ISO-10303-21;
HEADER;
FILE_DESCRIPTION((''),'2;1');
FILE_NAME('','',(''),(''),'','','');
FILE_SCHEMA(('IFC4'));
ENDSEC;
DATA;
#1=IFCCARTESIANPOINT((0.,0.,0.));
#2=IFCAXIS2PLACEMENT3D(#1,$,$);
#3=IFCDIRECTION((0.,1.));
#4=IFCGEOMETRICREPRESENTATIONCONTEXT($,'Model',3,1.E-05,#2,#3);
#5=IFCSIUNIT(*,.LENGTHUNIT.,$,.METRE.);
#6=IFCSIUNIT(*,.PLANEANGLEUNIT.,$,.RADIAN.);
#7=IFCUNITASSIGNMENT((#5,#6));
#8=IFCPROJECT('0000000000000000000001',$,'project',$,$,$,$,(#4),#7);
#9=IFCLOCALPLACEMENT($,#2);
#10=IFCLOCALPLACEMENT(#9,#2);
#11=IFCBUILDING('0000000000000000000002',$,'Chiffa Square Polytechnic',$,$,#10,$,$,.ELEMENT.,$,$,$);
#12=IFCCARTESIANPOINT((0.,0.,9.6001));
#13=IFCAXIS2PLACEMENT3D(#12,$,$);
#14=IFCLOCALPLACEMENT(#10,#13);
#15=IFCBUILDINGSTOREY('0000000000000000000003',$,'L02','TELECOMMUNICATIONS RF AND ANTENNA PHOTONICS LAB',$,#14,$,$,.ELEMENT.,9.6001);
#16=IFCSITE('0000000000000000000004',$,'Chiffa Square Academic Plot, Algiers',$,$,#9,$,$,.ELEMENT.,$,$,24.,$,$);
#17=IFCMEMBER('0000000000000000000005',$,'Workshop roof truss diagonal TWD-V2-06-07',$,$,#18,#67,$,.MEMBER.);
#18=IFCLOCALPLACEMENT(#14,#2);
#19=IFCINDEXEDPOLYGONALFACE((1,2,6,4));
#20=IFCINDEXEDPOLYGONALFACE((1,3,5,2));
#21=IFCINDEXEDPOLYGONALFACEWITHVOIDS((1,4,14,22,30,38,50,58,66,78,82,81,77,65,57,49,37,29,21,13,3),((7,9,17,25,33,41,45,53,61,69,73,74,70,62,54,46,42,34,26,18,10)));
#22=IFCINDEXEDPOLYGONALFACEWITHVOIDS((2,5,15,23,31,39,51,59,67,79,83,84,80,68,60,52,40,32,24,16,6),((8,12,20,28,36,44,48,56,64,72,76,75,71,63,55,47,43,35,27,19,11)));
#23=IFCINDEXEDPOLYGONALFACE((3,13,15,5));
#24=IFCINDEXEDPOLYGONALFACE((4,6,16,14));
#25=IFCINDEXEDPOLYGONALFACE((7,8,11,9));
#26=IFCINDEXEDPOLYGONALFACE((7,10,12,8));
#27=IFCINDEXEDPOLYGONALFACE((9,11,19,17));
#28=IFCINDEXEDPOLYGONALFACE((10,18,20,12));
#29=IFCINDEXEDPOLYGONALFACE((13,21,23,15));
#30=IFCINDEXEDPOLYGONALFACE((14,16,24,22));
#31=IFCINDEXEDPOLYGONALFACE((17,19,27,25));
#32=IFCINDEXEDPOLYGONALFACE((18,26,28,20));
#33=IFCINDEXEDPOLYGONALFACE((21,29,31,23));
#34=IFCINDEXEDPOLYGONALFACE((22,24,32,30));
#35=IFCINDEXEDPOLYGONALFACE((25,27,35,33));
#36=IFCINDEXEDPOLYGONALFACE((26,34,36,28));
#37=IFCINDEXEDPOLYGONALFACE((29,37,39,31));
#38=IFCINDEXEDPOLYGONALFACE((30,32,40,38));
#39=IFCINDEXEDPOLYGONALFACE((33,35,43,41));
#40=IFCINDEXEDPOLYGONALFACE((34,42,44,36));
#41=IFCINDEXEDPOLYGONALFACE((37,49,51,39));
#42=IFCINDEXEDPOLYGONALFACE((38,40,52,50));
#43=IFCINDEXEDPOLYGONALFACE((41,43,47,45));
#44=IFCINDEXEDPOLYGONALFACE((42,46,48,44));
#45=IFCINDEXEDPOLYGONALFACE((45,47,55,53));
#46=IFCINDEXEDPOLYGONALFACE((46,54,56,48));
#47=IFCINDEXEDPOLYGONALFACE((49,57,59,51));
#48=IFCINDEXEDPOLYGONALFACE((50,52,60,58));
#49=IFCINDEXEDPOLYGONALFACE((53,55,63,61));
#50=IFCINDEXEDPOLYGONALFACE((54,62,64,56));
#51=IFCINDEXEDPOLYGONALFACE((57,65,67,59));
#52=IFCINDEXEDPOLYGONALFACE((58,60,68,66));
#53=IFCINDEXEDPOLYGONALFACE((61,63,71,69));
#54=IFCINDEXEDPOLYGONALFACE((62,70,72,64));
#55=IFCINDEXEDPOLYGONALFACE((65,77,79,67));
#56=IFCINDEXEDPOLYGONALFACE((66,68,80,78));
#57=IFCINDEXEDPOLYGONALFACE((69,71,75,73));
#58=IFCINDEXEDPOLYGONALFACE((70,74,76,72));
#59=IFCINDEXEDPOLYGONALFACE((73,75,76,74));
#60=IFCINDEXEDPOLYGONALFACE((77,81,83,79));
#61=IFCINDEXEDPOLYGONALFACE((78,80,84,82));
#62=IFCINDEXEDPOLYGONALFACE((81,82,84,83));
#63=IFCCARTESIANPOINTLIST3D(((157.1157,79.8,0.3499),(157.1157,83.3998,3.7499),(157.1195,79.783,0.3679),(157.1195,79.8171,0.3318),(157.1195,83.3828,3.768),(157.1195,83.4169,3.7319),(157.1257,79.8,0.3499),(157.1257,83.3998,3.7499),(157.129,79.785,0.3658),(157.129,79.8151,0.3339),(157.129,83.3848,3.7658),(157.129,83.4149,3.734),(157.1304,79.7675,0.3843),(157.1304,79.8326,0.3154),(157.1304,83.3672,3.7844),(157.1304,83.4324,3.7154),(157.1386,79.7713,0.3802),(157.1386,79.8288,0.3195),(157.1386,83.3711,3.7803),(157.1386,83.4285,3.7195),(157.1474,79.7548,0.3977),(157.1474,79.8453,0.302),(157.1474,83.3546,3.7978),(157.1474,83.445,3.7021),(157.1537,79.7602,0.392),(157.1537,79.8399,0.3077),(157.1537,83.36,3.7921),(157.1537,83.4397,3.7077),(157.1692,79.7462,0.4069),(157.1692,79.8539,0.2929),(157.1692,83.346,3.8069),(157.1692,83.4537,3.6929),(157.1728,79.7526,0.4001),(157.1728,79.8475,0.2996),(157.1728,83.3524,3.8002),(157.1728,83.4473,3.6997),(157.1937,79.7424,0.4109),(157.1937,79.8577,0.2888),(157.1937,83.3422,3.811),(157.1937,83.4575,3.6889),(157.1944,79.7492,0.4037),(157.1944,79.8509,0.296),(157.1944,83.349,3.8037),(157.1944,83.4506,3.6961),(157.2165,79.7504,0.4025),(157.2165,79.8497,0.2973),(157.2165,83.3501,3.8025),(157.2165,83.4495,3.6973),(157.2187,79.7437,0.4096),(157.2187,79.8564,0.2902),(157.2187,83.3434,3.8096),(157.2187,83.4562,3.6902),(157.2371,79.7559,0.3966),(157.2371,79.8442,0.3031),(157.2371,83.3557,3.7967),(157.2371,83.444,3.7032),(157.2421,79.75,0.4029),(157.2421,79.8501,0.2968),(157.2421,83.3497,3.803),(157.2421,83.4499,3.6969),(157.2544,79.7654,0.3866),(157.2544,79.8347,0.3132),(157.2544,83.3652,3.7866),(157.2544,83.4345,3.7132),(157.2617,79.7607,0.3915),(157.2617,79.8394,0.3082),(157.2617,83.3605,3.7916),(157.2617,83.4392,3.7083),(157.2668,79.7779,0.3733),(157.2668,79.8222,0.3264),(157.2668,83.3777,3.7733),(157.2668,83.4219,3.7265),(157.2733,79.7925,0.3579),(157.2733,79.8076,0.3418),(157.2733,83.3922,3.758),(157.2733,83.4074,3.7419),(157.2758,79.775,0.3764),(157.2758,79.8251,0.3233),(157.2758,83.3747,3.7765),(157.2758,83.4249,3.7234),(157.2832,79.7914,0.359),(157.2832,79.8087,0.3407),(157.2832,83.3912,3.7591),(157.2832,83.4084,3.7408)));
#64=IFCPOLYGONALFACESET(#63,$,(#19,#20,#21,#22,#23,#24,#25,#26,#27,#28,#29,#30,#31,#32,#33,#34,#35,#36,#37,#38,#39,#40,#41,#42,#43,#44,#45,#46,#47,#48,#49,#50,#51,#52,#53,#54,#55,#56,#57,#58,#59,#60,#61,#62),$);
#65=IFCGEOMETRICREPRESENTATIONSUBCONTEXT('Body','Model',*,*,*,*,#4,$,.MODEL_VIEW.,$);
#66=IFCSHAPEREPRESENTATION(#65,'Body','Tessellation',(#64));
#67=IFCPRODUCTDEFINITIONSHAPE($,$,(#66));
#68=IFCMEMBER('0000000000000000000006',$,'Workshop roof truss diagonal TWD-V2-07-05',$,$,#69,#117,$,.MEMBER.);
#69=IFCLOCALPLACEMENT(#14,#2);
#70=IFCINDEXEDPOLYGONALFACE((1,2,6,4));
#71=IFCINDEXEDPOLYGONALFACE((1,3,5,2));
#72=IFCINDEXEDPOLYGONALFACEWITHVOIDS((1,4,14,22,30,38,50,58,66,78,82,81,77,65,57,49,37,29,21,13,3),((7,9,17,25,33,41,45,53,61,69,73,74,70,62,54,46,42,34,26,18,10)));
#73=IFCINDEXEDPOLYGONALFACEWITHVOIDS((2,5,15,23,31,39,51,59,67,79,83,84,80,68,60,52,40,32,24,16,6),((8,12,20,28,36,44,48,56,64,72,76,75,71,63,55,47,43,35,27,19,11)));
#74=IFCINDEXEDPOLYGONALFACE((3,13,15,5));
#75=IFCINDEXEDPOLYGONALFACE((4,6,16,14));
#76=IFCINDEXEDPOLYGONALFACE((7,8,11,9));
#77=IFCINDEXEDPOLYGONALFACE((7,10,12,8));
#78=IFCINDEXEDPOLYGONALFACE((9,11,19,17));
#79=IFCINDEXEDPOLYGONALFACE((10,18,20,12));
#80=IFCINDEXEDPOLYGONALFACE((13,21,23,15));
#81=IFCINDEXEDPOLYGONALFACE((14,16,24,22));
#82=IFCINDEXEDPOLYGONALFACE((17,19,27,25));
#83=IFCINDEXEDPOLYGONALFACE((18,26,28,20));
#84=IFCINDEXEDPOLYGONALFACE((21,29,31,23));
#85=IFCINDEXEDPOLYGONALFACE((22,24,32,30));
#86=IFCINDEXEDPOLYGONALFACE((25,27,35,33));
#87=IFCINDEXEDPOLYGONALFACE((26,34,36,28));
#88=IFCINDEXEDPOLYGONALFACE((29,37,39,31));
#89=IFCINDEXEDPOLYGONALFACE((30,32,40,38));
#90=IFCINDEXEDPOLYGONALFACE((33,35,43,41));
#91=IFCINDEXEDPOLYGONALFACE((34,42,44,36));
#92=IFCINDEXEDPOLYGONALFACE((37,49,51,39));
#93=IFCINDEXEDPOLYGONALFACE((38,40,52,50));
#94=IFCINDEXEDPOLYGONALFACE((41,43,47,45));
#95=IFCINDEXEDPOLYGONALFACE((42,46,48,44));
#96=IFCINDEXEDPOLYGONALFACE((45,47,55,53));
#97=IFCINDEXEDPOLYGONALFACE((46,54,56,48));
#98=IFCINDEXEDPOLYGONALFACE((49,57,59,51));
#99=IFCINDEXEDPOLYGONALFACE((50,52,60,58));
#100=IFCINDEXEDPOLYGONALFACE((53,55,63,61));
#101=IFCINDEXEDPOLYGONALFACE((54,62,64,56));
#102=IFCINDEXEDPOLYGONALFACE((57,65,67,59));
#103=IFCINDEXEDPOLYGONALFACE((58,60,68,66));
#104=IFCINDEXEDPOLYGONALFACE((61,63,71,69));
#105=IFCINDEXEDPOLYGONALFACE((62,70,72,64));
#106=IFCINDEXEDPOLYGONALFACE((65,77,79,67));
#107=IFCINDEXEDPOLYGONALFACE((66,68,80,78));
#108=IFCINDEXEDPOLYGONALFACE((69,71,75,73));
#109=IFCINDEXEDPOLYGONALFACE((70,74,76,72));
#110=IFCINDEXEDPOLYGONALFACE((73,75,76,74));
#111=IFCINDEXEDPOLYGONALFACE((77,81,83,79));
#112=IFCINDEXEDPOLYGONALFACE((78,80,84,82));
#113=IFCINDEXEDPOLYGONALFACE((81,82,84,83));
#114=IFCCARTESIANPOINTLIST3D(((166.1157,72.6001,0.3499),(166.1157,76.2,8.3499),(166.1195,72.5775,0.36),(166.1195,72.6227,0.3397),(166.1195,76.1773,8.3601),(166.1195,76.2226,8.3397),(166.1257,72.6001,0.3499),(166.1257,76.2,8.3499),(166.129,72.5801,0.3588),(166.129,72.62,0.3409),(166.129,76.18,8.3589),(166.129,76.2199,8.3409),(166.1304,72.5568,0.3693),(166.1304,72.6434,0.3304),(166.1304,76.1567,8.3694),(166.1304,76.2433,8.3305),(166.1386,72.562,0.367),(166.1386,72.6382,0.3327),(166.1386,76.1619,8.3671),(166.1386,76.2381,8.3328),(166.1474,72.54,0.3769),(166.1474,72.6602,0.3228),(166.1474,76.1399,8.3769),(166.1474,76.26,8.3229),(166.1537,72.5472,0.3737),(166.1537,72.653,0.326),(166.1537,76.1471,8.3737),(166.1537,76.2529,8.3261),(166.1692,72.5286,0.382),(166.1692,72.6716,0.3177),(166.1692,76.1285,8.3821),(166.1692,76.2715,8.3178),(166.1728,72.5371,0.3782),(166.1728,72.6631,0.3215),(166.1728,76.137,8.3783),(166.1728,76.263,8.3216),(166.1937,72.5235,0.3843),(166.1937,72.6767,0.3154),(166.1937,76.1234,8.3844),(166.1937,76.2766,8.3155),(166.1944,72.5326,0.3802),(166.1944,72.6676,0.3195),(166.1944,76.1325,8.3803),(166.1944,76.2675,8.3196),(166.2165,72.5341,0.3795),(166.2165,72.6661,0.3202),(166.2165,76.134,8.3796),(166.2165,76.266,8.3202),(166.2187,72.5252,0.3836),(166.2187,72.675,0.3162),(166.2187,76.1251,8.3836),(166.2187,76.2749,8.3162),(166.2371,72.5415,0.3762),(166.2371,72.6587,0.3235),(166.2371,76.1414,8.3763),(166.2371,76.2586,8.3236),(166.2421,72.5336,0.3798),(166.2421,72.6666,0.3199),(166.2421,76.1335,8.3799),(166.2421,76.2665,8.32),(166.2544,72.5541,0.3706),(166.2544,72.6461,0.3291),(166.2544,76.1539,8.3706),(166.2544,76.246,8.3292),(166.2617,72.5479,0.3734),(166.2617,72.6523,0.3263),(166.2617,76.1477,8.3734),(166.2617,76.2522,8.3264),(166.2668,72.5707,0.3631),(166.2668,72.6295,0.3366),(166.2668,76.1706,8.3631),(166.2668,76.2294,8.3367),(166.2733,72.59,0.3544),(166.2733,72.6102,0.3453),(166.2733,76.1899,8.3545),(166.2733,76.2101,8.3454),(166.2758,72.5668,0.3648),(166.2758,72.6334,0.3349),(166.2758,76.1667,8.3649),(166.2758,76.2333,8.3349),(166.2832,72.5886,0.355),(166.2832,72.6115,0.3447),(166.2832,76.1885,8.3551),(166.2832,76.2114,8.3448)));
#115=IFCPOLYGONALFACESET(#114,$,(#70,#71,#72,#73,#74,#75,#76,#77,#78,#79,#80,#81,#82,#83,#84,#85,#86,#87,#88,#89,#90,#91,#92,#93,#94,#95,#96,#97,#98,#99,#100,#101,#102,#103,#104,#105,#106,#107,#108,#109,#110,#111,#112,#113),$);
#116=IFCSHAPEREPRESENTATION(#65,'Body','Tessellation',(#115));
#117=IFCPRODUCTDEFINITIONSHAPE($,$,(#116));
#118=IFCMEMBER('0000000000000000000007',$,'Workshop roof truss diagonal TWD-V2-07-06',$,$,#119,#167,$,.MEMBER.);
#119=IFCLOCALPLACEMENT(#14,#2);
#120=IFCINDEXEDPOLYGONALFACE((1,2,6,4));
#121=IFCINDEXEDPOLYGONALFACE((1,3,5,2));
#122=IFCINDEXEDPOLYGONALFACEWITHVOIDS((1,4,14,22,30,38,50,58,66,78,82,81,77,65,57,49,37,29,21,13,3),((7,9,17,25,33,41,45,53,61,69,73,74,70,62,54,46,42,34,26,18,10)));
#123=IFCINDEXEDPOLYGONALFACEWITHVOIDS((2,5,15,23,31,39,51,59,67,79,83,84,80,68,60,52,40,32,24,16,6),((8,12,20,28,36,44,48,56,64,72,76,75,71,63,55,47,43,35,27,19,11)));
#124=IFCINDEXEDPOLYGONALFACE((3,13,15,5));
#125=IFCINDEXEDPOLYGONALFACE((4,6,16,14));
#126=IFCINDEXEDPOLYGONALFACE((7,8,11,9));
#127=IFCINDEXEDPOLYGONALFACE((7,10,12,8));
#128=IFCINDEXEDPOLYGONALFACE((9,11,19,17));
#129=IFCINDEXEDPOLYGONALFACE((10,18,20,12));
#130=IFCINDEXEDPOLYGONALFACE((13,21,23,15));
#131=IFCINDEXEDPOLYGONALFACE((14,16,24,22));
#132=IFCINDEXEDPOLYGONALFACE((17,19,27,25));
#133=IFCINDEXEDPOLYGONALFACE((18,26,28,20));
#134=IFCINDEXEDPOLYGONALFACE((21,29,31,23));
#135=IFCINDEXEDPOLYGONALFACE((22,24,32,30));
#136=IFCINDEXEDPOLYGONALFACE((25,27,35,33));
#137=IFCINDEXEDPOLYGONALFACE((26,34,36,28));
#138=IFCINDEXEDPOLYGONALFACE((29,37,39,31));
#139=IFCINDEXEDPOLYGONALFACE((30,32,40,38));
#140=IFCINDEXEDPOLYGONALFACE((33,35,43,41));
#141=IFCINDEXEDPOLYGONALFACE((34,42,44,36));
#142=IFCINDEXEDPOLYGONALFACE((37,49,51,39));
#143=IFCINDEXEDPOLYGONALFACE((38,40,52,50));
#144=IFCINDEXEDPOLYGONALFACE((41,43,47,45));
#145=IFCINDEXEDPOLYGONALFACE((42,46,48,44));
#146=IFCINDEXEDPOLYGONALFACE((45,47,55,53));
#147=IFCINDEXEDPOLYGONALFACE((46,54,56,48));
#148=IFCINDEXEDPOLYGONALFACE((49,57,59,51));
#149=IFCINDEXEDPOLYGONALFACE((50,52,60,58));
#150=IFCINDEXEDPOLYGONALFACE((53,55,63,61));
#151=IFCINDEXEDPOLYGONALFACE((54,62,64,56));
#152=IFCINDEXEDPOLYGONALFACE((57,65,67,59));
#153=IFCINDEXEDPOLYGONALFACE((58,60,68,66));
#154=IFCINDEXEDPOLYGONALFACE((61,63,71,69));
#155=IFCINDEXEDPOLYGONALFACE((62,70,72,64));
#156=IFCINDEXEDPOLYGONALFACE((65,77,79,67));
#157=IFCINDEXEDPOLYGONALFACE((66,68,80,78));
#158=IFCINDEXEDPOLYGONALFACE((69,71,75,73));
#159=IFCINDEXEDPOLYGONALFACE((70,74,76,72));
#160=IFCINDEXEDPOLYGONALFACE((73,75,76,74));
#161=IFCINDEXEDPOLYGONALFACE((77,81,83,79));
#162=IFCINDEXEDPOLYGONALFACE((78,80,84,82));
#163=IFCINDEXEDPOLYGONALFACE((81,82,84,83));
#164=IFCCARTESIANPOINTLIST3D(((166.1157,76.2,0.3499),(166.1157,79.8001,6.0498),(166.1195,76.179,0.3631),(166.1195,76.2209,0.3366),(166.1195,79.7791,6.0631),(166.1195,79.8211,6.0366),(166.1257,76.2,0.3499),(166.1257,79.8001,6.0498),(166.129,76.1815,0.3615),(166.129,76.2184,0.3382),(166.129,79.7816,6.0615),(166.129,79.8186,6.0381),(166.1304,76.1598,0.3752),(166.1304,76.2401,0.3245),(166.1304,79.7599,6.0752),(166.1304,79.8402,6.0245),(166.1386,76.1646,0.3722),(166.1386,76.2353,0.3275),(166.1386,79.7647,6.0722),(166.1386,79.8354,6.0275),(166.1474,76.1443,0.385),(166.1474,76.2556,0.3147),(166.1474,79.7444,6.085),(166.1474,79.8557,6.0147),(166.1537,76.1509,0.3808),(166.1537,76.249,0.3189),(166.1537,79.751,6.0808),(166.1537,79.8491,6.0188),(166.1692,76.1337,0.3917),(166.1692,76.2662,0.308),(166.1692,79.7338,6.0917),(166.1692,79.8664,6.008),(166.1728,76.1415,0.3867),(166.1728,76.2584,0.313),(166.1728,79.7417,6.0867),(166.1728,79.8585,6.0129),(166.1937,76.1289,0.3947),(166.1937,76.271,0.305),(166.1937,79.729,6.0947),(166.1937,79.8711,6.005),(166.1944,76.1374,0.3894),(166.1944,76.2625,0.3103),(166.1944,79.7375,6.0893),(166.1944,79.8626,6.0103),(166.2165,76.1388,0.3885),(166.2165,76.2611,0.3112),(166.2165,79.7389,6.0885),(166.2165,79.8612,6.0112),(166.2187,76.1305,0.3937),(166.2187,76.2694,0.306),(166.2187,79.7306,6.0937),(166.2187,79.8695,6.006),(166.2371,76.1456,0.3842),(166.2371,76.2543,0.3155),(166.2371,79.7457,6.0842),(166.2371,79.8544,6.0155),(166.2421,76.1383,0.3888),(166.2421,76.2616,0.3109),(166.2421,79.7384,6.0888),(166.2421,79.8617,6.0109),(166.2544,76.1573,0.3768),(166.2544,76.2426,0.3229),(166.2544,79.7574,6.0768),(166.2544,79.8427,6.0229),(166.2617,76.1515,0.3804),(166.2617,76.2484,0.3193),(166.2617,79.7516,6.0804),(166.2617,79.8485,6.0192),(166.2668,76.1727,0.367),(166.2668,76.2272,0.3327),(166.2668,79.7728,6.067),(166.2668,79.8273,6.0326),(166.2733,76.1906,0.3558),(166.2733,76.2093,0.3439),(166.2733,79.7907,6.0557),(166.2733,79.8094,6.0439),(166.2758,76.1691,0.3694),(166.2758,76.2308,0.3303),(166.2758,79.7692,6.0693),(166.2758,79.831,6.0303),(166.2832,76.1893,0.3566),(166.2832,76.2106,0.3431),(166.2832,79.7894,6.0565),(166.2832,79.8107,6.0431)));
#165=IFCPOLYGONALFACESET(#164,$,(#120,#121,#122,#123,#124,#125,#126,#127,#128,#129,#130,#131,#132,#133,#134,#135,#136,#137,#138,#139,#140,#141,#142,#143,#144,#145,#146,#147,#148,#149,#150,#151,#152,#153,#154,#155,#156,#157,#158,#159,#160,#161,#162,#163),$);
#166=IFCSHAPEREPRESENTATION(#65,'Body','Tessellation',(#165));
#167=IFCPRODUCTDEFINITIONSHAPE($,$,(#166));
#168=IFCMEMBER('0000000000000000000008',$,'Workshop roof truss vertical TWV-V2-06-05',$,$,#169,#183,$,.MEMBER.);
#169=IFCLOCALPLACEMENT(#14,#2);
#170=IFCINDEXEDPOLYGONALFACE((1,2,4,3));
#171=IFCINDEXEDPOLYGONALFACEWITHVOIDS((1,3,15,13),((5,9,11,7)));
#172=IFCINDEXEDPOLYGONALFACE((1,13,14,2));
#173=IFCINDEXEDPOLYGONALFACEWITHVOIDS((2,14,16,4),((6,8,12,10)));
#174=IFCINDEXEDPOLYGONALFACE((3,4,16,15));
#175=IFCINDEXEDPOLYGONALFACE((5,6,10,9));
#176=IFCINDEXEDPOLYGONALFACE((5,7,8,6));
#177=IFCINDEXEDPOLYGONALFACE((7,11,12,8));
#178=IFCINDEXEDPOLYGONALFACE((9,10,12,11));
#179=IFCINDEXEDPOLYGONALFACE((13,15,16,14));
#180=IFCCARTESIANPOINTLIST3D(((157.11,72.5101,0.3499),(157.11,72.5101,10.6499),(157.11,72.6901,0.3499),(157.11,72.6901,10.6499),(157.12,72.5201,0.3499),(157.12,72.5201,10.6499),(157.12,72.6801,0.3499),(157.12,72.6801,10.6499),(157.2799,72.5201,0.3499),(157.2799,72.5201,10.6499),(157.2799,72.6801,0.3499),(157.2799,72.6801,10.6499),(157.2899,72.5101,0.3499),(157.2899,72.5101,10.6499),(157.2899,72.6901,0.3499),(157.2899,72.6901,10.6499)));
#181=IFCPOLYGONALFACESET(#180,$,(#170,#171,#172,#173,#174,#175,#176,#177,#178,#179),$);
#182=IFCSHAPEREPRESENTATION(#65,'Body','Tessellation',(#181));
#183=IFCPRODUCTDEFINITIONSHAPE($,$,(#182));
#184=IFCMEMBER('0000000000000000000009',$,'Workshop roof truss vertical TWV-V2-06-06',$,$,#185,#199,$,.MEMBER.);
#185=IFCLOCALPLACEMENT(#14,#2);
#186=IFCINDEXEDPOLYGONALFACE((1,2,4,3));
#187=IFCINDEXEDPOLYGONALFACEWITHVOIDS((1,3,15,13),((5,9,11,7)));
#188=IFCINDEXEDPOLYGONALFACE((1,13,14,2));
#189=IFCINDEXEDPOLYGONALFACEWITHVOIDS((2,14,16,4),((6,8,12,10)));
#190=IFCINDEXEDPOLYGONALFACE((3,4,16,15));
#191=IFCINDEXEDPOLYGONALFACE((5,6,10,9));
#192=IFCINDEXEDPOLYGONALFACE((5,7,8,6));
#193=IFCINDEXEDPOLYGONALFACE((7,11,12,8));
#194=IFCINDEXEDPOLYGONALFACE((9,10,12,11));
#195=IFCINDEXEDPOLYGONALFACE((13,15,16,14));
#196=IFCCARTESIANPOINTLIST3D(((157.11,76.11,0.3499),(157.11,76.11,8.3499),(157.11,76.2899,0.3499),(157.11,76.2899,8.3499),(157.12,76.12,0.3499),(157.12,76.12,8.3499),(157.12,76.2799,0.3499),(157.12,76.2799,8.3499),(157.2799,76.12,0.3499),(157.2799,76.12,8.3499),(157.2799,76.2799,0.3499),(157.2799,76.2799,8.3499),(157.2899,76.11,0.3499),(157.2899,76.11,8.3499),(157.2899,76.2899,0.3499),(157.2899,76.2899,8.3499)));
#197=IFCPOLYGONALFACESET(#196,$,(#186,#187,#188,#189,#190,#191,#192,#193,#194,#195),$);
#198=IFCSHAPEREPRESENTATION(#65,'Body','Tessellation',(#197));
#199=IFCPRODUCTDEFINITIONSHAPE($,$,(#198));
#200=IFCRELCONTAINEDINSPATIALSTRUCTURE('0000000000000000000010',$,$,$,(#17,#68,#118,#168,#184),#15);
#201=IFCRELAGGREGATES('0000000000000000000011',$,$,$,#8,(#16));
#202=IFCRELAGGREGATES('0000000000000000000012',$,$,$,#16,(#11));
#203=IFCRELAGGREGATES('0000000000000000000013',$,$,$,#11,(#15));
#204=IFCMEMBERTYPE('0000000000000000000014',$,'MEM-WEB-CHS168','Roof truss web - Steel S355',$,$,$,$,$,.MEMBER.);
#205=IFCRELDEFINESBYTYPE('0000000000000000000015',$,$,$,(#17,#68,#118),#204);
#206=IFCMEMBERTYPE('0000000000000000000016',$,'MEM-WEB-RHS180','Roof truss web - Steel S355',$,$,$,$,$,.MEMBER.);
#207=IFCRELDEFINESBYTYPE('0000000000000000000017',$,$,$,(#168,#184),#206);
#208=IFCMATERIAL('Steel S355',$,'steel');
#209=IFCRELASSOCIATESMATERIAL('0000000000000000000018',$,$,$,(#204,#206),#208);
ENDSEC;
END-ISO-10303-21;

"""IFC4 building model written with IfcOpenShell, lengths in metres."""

from ifc_helpers import new_model, si_unit, direction, frame, origin, origin_2d, place, context, subcontext, project, spatial, hollow_rectangle, hollow_circle, extrude, material, material_profile, profile_set, type_object, element, save


model = new_model("IFC4")

# Units and contexts
model_context = context("Model", 3, precision=1e-05, world=origin(), true_north=direction((0.0, 1.0)))
body_context = subcontext(model_context, "Body", "Model", "MODEL_VIEW")
ifc_project = project(units=[si_unit("LENGTHUNIT", "METRE"), si_unit("PLANEANGLEUNIT", "RADIAN")], contexts=[model_context])

# Site, building, storey
site_placement = place(None, origin())
site = spatial("IfcSite", under=ifc_project, at=site_placement, Name="Chiffa Square Academic Plot, Algiers", CompositionType="ELEMENT", RefElevation=24.0)
building_placement = place(site_placement, origin())
building = spatial("IfcBuilding", under=site, at=building_placement, Name="Chiffa Square Polytechnic", CompositionType="ELEMENT")
storey_placement = place(building_placement, frame((0.0, 0.0, 9.6001)))
storey = spatial("IfcBuildingStorey", under=building, at=storey_placement, Name="L02", Description="TELECOMMUNICATIONS RF AND ANTENNA PHOTONICS LAB", CompositionType="ELEMENT", Elevation=9.6001)

# Members
ifc_material_1 = material(Name="Steel S355", Category="steel")
ifc_material_profile_1 = material_profile(ifc_material_1, hollow_circle(Radius=0.0842, WallThickness=0.01, at=origin_2d()), Name="CHS 168.3x10")
ifc_profile_set_1 = profile_set([ifc_material_profile_1], Name="Steel S355")
member_type_1 = type_object("IfcMemberType", Name="MEM-WEB-CHS168", Description="Roof truss web - Steel S355", PredefinedType="MEMBER", material=ifc_profile_set_1)
member_1_placement = place(storey_placement, frame((157.2, 79.8, 0.3499), z_axis=(0.0, 0.726984, 0.686654), x_axis=(-1.0, 0.0, 0.0)))
element("IfcMember", 1, at=member_1_placement, inside=storey, type_object=member_type_1, Name="Workshop roof truss diagonal TWD-V2-06-07", PredefinedType="MEMBER", context=body_context, shape_type="SweptSolid", body=[
    extrude(hollow_circle(Radius=0.0842, WallThickness=0.01, at=origin_2d()), origin(), (0.0, 0.0, 1.0), 4.9517),
])
member_2_placement = place(storey_placement, frame((166.2, 72.6001, 0.3499), z_axis=(0.0, 0.410351, 0.911928), x_axis=(-1.0, 0.0, 0.0)))
element("IfcMember", 2, at=member_2_placement, inside=storey, type_object=member_type_1, Name="Workshop roof truss diagonal TWD-V2-07-05", PredefinedType="MEMBER", context=body_context, shape_type="SweptSolid", body=[
    extrude(hollow_circle(Radius=0.0842, WallThickness=0.01, at=origin_2d()), origin(), (0.0, 0.0, 1.0), 8.7727),
])
member_3_placement = place(storey_placement, frame((166.2, 76.2, 0.3499), z_axis=(0.0, 0.534007, 0.84548), x_axis=(-1.0, 0.0, 0.0)))
element("IfcMember", 3, at=member_3_placement, inside=storey, type_object=member_type_1, Name="Workshop roof truss diagonal TWD-V2-07-06", PredefinedType="MEMBER", context=body_context, shape_type="SweptSolid", body=[
    extrude(hollow_circle(Radius=0.0842, WallThickness=0.01, at=origin_2d()), origin(), (0.0, 0.0, 1.0), 6.7417),
])
ifc_material_profile_2 = material_profile(ifc_material_1, hollow_rectangle(XDim=0.1799, YDim=0.1799, WallThickness=0.01, at=origin_2d()), Name="RHS 180x180x10")
ifc_profile_set_2 = profile_set([ifc_material_profile_2], Name="Steel S355")
member_type_2 = type_object("IfcMemberType", Name="MEM-WEB-RHS180", Description="Roof truss web - Steel S355", PredefinedType="MEMBER", material=ifc_profile_set_2)
member_4_placement = place(storey_placement, frame((157.2, 72.6001, 0.3499), z_axis=(0.0, 0.0, 1.0), x_axis=(1.0, 0.0, 0.0)))
element("IfcMember", 4, at=member_4_placement, inside=storey, type_object=member_type_2, Name="Workshop roof truss vertical TWV-V2-06-05", PredefinedType="MEMBER", context=body_context, shape_type="SweptSolid", body=[
    extrude(hollow_rectangle(XDim=0.1799, YDim=0.1799, WallThickness=0.01, at=origin_2d()), origin(), (0.0, 0.0, 1.0), 10.3),
])
for number, where, z_axis, x_axis, name in (
    (5, (157.2, 76.2, 0.3499), (0.0, 0.0, 1.0), (1.0, 0.0, 0.0), "Workshop roof truss vertical TWV-V2-06-06"),
):
    element("IfcMember", number, at=place(storey_placement, frame(where, z_axis=z_axis, x_axis=x_axis)), inside=storey, type_object=member_type_2, Name=name, PredefinedType="MEMBER", context=body_context, shape_type="SweptSolid", body=[
        extrude(hollow_rectangle(XDim=0.1799, YDim=0.1799, WallThickness=0.01, at=origin_2d()), origin(), (0.0, 0.0, 1.0), 8.0),
    ])

save(model, "model.ifc")
